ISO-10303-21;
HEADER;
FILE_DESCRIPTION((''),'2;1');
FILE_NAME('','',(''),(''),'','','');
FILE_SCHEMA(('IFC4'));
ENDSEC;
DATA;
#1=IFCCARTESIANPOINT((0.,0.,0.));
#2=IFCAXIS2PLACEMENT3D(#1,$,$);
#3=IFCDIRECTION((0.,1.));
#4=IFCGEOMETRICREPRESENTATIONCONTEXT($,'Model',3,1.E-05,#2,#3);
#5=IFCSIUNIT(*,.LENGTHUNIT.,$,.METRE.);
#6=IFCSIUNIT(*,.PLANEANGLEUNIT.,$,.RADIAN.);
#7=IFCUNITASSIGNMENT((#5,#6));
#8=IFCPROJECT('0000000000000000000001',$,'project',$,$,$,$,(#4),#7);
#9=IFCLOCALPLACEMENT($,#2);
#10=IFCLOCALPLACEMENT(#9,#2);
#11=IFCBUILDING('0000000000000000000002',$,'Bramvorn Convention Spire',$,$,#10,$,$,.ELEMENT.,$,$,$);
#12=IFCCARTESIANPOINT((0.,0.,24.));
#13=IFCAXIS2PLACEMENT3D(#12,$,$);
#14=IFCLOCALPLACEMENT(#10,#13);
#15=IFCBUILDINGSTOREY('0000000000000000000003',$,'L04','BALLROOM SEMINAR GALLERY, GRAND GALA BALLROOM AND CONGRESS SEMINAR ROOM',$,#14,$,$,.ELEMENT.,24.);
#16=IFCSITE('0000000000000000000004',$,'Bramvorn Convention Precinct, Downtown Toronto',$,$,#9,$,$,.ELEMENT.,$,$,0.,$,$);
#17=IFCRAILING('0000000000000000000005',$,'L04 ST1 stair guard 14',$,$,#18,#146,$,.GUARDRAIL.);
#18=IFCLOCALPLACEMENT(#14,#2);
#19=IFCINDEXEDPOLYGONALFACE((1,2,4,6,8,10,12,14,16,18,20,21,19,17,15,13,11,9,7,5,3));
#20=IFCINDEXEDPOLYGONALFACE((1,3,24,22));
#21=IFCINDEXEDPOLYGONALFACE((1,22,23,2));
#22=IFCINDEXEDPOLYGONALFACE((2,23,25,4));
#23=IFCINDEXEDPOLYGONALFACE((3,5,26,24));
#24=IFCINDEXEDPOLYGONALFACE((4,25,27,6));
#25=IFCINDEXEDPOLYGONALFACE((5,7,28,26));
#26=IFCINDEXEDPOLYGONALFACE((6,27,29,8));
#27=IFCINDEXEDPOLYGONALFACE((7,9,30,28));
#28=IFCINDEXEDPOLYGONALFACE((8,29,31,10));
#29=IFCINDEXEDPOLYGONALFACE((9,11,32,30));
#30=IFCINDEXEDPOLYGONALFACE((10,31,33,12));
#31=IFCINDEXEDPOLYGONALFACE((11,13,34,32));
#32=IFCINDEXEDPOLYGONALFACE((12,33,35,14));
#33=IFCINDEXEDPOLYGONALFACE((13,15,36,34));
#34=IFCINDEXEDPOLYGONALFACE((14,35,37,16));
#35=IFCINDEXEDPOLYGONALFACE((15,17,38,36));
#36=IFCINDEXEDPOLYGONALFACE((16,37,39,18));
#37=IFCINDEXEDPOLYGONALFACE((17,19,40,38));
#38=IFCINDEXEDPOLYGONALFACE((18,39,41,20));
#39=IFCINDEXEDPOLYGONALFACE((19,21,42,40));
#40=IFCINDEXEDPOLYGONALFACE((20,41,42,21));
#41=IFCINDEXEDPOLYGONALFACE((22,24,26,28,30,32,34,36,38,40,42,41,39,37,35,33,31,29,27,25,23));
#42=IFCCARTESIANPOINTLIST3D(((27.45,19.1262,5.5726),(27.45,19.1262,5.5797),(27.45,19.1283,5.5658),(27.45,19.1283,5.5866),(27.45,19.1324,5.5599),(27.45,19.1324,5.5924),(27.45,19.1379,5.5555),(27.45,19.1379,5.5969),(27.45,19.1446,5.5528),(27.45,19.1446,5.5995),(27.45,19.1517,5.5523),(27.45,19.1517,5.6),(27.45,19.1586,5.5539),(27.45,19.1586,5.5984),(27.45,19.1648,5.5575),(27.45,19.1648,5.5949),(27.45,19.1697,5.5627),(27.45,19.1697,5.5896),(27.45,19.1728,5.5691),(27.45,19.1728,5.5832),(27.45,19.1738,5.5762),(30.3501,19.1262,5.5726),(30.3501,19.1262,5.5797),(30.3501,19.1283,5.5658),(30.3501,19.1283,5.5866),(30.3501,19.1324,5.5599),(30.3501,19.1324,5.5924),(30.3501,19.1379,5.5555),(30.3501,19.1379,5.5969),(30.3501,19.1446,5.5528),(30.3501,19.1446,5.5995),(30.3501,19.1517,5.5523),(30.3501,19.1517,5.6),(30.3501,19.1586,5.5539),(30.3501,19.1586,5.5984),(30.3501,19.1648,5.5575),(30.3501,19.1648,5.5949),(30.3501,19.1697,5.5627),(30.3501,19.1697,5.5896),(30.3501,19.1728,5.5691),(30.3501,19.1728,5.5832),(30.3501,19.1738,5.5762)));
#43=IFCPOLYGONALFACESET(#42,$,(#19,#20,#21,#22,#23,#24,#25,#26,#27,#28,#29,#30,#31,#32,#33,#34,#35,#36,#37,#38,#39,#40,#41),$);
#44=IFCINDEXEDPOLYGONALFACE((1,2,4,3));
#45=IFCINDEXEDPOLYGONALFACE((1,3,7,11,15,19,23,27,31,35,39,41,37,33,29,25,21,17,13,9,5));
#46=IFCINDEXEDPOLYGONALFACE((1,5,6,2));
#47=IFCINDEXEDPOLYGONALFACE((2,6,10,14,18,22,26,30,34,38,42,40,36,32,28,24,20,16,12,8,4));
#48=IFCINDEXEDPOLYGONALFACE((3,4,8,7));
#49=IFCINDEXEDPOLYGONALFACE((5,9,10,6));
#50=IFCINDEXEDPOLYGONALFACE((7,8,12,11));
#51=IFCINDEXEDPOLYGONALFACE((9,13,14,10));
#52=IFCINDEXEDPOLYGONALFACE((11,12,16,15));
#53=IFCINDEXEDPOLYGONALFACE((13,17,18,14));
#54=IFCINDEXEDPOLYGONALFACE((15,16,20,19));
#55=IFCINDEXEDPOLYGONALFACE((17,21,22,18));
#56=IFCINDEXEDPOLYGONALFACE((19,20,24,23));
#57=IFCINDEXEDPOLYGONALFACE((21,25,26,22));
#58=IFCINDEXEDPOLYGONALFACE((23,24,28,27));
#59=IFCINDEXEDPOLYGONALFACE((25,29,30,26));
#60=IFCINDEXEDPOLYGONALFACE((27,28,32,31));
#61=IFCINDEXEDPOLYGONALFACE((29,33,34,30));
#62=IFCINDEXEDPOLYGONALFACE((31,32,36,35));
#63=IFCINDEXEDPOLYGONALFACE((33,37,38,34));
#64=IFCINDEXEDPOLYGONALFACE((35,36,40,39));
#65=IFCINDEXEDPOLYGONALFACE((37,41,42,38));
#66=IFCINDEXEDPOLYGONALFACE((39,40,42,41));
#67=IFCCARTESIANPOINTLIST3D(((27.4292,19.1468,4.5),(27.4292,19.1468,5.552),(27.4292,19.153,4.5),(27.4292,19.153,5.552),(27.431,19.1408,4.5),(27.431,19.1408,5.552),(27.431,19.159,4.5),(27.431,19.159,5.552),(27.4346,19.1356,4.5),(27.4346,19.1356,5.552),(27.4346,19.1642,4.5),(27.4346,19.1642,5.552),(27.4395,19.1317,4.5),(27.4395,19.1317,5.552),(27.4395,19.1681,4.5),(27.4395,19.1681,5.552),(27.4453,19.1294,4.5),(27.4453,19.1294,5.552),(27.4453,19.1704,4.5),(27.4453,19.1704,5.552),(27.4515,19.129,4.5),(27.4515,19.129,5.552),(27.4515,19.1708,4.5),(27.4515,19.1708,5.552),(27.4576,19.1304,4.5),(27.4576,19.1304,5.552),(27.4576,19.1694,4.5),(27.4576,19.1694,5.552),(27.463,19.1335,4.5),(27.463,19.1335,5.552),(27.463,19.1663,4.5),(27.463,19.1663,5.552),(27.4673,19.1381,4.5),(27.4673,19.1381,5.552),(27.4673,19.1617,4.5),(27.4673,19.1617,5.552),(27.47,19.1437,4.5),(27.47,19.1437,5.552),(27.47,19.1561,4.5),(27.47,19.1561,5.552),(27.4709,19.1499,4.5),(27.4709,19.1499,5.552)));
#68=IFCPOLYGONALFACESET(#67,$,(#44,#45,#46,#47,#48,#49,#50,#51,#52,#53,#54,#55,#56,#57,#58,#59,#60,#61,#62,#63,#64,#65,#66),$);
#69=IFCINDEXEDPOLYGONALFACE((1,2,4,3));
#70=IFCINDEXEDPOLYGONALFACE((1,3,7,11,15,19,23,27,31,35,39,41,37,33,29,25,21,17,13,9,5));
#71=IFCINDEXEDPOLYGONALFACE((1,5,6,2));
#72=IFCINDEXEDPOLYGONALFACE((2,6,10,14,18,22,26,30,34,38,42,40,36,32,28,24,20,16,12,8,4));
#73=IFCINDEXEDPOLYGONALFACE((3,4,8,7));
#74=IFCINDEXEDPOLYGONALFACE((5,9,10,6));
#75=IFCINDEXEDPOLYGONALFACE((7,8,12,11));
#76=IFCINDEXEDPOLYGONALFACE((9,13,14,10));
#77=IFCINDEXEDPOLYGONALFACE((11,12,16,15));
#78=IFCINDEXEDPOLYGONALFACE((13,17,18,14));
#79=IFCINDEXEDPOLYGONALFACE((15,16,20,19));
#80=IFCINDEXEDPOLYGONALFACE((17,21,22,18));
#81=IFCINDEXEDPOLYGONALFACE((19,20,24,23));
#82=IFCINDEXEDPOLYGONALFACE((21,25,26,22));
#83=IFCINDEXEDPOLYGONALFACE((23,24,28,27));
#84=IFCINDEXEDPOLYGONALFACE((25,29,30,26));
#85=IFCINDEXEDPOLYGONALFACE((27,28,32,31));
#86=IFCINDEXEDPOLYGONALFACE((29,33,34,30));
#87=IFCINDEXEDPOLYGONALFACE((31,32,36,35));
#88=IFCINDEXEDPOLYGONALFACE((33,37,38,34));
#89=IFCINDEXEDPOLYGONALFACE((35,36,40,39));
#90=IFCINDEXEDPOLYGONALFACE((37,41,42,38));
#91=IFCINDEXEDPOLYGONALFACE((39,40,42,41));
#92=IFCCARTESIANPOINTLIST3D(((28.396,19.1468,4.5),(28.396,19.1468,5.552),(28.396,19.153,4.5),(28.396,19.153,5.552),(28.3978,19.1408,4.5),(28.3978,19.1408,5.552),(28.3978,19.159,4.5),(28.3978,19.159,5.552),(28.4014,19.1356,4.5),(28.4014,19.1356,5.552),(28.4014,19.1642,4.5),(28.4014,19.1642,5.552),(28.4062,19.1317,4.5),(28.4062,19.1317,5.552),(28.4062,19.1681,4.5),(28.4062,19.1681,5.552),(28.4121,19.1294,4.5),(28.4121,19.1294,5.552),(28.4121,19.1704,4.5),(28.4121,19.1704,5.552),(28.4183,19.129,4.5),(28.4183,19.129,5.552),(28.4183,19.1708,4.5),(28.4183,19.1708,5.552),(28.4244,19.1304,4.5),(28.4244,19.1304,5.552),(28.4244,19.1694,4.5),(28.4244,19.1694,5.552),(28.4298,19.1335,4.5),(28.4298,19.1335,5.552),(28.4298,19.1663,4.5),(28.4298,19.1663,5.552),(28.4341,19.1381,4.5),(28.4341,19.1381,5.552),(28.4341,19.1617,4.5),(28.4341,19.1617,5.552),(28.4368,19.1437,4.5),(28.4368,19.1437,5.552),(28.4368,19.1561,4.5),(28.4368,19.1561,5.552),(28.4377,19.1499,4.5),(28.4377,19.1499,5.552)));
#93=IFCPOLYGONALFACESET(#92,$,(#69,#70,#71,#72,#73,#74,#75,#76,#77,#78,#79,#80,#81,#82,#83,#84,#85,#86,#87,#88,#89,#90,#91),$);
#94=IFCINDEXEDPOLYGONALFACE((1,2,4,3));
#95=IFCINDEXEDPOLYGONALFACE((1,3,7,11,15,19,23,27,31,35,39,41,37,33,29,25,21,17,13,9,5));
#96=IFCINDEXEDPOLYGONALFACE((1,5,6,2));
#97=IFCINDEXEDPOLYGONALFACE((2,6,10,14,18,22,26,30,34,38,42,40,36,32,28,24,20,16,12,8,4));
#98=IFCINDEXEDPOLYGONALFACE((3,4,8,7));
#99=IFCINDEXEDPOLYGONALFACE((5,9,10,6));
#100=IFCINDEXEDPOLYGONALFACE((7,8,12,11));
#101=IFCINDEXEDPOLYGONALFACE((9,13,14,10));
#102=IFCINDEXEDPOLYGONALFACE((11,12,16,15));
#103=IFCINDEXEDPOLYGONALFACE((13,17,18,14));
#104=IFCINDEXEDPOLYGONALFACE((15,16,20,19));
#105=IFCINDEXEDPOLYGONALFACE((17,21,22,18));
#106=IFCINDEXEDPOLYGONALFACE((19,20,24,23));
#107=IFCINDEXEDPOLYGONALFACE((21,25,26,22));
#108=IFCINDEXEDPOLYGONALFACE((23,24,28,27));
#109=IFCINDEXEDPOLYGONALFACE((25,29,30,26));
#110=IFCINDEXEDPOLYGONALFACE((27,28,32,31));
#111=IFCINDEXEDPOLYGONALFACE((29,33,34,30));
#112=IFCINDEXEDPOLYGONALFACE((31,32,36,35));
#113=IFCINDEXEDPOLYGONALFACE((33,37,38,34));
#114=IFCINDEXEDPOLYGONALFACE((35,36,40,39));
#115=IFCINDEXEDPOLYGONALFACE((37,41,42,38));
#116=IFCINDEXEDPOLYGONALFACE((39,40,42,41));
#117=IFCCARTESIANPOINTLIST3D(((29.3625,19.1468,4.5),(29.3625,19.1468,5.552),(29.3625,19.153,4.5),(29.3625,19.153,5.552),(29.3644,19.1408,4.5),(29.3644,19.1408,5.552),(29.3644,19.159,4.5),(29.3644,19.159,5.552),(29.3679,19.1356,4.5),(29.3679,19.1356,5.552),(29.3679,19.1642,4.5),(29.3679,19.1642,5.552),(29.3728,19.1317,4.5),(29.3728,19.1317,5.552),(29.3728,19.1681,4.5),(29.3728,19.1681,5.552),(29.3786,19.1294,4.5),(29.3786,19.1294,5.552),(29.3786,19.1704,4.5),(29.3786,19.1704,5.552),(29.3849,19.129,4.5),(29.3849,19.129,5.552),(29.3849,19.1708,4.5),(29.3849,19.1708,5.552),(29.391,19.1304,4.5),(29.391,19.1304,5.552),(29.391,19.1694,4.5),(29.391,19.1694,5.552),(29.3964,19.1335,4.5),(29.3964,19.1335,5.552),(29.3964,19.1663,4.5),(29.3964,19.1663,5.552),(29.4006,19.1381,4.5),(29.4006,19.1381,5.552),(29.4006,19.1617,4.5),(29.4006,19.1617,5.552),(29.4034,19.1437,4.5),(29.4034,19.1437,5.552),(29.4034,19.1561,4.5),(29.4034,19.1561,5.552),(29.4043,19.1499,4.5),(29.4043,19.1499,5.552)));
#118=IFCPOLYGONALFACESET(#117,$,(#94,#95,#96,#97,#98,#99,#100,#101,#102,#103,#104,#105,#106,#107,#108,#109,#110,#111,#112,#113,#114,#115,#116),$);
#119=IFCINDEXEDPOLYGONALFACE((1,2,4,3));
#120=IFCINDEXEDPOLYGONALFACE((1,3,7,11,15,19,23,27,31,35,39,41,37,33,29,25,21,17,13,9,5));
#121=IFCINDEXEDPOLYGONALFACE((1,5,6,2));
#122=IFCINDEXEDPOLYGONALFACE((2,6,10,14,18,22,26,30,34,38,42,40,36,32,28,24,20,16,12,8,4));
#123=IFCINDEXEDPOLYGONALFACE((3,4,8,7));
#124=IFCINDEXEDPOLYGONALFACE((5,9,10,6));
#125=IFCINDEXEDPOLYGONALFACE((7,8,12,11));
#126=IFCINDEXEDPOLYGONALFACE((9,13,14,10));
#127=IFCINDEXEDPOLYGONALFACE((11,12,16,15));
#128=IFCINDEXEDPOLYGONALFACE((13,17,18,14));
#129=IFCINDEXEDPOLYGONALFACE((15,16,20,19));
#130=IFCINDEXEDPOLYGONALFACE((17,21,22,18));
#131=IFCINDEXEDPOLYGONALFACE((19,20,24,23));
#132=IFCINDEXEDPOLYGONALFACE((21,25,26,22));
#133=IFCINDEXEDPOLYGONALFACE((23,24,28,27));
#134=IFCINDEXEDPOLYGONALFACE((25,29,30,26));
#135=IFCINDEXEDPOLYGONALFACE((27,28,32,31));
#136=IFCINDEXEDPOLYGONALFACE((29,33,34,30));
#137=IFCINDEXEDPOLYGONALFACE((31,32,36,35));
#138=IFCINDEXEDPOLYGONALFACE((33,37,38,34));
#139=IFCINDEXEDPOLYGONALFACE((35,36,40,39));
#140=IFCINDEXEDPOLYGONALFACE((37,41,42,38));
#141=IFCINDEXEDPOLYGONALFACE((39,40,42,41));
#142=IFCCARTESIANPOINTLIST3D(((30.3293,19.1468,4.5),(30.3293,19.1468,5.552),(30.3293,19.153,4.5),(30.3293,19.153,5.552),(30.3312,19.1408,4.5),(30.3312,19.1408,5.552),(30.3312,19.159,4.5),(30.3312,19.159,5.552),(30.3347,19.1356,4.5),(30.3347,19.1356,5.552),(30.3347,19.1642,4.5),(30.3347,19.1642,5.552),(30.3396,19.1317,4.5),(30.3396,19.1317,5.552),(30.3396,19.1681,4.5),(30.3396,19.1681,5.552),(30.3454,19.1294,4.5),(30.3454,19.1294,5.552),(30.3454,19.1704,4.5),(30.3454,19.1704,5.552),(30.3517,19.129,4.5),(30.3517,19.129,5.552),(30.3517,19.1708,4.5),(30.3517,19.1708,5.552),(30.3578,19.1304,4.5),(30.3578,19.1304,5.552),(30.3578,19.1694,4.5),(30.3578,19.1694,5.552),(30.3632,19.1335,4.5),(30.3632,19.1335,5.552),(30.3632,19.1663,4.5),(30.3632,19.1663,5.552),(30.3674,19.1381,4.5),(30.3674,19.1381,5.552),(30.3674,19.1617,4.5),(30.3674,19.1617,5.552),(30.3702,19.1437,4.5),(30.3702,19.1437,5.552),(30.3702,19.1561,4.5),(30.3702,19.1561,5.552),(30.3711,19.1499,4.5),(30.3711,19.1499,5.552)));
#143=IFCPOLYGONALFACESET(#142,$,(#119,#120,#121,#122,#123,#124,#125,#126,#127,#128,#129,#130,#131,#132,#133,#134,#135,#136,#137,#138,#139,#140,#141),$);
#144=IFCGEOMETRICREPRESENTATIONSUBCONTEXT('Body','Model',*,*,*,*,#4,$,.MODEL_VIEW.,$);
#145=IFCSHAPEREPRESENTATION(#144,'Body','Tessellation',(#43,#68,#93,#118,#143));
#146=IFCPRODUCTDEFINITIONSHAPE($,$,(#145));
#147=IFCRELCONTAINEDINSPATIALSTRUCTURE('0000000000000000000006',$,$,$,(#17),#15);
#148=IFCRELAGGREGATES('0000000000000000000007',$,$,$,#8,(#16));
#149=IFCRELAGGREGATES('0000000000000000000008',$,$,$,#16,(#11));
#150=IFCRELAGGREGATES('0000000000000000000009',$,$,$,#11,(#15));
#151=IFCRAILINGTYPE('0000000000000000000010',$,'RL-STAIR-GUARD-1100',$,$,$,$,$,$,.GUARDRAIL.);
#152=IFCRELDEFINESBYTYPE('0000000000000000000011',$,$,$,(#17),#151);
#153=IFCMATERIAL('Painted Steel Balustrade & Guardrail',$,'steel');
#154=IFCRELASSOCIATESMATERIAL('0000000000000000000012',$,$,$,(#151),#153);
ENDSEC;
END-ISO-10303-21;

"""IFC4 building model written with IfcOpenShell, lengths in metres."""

from ifc_helpers import new_model, si_unit, direction, frame, origin, origin_2d, place, context, subcontext, project, spatial, circle, extrude, material, type_object, element, save


model = new_model("IFC4")

# Units and contexts
model_context = context("Model", 3, precision=1e-05, world=origin(), true_north=direction((0.0, 1.0)))
body_context = subcontext(model_context, "Body", "Model", "MODEL_VIEW")
ifc_project = project(units=[si_unit("LENGTHUNIT", "METRE"), si_unit("PLANEANGLEUNIT", "RADIAN")], contexts=[model_context])

# Site, building, storey
site_placement = place(None, origin())
site = spatial("IfcSite", under=ifc_project, at=site_placement, Name="Bramvorn Convention Precinct, Downtown Toronto", CompositionType="ELEMENT", RefElevation=0.0)
building_placement = place(site_placement, origin())
building = spatial("IfcBuilding", under=site, at=building_placement, Name="Bramvorn Convention Spire", CompositionType="ELEMENT")
storey_placement = place(building_placement, frame((0.0, 0.0, 24.0)))
storey = spatial("IfcBuildingStorey", under=building, at=storey_placement, Name="L04", Description="BALLROOM SEMINAR GALLERY, GRAND GALA BALLROOM AND CONGRESS SEMINAR ROOM", CompositionType="ELEMENT", Elevation=24.0)

# Railing
ifc_material_1 = material(Name="Painted Steel Balustrade & Guardrail", Category="steel")
railing_type = type_object("IfcRailingType", Name="RL-STAIR-GUARD-1100", PredefinedType="GUARDRAIL", material=ifc_material_1)
railing_1_placement = place(storey_placement, frame((27.45, 19.1499, 4.5)))
element("IfcRailing", 1, at=railing_1_placement, inside=storey, type_object=railing_type, Name="L04 ST1 stair guard 14", PredefinedType="GUARDRAIL", context=body_context, shape_type="SweptSolid", body=[
    extrude(circle(Radius=0.0239, at=origin_2d()), frame((0.0, 0.0, 1.0762), z_axis=(1.0, 0.0, 0.0), x_axis=(0.0, 1.0, 0.0)), (0.0, 0.0, 1.0), 2.9001),
    extrude(circle(Radius=0.021, at=origin_2d()), origin(), (0.0, 0.0, 1.0), 1.052),
    extrude(circle(Radius=0.021, at=origin_2d()), frame((0.9668, 0.0, 0.0)), (0.0, 0.0, 1.0), 1.052),
    extrude(circle(Radius=0.021, at=origin_2d()), frame((1.9333, 0.0, 0.0)), (0.0, 0.0, 1.0), 1.052),
    extrude(circle(Radius=0.021, at=origin_2d()), frame((2.9001, 0.0, 0.0)), (0.0, 0.0, 1.0), 1.052),
])

save(model, "model.ifc")
